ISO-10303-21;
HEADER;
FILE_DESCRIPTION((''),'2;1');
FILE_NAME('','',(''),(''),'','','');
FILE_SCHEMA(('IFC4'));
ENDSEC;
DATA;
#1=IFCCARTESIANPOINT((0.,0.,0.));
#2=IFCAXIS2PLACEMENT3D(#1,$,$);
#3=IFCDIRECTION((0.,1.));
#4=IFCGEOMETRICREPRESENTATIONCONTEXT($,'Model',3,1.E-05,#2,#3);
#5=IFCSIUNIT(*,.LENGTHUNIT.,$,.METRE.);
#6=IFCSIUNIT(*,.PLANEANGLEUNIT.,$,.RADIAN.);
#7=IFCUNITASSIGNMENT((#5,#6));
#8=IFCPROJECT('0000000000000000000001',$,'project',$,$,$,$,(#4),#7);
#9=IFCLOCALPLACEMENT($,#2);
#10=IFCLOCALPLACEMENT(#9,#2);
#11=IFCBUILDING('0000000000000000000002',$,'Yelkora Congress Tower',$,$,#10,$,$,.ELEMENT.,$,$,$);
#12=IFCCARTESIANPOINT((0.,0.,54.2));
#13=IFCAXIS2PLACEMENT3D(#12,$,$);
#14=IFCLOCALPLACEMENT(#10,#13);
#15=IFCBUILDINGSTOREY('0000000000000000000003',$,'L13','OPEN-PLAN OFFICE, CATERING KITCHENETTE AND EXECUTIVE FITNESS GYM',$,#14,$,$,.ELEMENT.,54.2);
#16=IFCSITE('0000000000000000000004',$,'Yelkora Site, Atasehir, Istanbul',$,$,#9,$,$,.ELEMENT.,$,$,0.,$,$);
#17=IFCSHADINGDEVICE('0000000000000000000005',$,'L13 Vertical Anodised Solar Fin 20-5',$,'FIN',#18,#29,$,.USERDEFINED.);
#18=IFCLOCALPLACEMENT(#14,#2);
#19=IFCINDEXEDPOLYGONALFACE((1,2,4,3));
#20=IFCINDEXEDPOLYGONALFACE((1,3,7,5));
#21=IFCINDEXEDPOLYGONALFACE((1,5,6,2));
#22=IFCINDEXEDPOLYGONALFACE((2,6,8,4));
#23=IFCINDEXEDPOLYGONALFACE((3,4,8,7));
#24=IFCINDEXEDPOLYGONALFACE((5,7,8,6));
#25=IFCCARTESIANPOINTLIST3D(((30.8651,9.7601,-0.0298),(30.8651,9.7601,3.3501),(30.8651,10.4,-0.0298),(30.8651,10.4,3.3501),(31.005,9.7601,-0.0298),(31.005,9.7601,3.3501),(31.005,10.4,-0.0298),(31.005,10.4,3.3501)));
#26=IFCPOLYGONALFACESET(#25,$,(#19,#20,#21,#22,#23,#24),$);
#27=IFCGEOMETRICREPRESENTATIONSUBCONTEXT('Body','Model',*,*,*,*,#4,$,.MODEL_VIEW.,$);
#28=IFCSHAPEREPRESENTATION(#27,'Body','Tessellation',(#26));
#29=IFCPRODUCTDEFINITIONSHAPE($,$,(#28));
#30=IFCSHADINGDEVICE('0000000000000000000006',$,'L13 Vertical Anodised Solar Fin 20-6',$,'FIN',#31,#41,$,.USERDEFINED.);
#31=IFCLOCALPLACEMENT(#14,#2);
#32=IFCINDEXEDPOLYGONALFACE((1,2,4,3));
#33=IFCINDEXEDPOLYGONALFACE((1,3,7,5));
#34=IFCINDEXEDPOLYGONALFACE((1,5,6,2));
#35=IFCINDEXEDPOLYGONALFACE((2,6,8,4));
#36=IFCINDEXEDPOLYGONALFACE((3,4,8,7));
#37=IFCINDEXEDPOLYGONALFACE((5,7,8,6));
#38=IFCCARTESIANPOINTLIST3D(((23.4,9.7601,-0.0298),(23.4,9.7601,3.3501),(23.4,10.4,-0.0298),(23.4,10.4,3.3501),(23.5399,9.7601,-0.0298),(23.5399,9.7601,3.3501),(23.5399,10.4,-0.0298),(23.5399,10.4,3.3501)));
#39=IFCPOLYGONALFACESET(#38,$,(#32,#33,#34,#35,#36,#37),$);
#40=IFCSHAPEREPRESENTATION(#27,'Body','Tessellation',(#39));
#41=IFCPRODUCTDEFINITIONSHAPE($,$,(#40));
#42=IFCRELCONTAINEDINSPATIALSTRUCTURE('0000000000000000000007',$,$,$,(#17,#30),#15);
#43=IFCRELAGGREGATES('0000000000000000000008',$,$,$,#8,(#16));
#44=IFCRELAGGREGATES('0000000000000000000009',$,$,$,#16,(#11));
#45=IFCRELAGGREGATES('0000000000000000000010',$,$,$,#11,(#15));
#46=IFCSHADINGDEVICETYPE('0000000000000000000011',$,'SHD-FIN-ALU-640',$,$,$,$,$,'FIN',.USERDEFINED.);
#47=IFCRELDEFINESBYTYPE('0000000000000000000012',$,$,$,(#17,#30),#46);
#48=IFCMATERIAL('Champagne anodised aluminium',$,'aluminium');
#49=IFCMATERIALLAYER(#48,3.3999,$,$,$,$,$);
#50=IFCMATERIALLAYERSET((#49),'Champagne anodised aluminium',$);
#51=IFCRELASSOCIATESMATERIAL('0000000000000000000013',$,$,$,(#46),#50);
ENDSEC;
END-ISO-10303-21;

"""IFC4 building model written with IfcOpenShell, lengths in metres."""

from ifc_helpers import new_model, si_unit, direction, frame, origin, origin_2d, place, context, subcontext, project, spatial, rectangle, extrude, material, layer, layer_set, type_object, element, save


model = new_model("IFC4")

# Units and contexts
model_context = context("Model", 3, precision=1e-05, world=origin(), true_north=direction((0.0, 1.0)))
body_context = subcontext(model_context, "Body", "Model", "MODEL_VIEW")
ifc_project = project(units=[si_unit("LENGTHUNIT", "METRE"), si_unit("PLANEANGLEUNIT", "RADIAN")], contexts=[model_context])

# Site, building, storey
site_placement = place(None, origin())
site = spatial("IfcSite", under=ifc_project, at=site_placement, Name="Yelkora Site, Atasehir, Istanbul", CompositionType="ELEMENT", RefElevation=0.0)
building_placement = place(site_placement, origin())
building = spatial("IfcBuilding", under=site, at=building_placement, Name="Yelkora Congress Tower", CompositionType="ELEMENT")
storey_placement = place(building_placement, frame((0.0, 0.0, 54.2)))
storey = spatial("IfcBuildingStorey", under=building, at=storey_placement, Name="L13", Description="OPEN-PLAN OFFICE, CATERING KITCHENETTE AND EXECUTIVE FITNESS GYM", CompositionType="ELEMENT", Elevation=54.2)

# Shading devices
ifc_material_1 = material(Name="Champagne anodised aluminium", Category="aluminium")
ifc_layer_1 = layer(ifc_material_1, 3.3999)
ifc_layer_set_1 = layer_set([ifc_layer_1], Name="Champagne anodised aluminium")
shading_device_type = type_object("IfcShadingDeviceType", Name="SHD-FIN-ALU-640", ElementType="FIN", PredefinedType="USERDEFINED", material=ifc_layer_set_1)
for number, where, z_axis, x_axis, name in (
    (1, (30.9351, 10.0801, -0.0298), (0.0, 0.0, 1.0), (-1.0, 0.0, 0.0), "L13 Vertical Anodised Solar Fin 20-5"),
    (2, (23.47, 10.0801, -0.0298), (0.0, 0.0, 1.0), (-1.0, 0.0, 0.0), "L13 Vertical Anodised Solar Fin 20-6"),
):
    element("IfcShadingDevice", number, at=place(storey_placement, frame(where, z_axis=z_axis, x_axis=x_axis)), inside=storey, type_object=shading_device_type, Name=name, ObjectType="FIN", PredefinedType="USERDEFINED", context=body_context, shape_type="SweptSolid", body=[
        extrude(rectangle(XDim=0.1399, YDim=0.6399, at=origin_2d()), origin(), (0.0, 0.0, 1.0), 3.3799),
    ])

save(model, "model.ifc")
